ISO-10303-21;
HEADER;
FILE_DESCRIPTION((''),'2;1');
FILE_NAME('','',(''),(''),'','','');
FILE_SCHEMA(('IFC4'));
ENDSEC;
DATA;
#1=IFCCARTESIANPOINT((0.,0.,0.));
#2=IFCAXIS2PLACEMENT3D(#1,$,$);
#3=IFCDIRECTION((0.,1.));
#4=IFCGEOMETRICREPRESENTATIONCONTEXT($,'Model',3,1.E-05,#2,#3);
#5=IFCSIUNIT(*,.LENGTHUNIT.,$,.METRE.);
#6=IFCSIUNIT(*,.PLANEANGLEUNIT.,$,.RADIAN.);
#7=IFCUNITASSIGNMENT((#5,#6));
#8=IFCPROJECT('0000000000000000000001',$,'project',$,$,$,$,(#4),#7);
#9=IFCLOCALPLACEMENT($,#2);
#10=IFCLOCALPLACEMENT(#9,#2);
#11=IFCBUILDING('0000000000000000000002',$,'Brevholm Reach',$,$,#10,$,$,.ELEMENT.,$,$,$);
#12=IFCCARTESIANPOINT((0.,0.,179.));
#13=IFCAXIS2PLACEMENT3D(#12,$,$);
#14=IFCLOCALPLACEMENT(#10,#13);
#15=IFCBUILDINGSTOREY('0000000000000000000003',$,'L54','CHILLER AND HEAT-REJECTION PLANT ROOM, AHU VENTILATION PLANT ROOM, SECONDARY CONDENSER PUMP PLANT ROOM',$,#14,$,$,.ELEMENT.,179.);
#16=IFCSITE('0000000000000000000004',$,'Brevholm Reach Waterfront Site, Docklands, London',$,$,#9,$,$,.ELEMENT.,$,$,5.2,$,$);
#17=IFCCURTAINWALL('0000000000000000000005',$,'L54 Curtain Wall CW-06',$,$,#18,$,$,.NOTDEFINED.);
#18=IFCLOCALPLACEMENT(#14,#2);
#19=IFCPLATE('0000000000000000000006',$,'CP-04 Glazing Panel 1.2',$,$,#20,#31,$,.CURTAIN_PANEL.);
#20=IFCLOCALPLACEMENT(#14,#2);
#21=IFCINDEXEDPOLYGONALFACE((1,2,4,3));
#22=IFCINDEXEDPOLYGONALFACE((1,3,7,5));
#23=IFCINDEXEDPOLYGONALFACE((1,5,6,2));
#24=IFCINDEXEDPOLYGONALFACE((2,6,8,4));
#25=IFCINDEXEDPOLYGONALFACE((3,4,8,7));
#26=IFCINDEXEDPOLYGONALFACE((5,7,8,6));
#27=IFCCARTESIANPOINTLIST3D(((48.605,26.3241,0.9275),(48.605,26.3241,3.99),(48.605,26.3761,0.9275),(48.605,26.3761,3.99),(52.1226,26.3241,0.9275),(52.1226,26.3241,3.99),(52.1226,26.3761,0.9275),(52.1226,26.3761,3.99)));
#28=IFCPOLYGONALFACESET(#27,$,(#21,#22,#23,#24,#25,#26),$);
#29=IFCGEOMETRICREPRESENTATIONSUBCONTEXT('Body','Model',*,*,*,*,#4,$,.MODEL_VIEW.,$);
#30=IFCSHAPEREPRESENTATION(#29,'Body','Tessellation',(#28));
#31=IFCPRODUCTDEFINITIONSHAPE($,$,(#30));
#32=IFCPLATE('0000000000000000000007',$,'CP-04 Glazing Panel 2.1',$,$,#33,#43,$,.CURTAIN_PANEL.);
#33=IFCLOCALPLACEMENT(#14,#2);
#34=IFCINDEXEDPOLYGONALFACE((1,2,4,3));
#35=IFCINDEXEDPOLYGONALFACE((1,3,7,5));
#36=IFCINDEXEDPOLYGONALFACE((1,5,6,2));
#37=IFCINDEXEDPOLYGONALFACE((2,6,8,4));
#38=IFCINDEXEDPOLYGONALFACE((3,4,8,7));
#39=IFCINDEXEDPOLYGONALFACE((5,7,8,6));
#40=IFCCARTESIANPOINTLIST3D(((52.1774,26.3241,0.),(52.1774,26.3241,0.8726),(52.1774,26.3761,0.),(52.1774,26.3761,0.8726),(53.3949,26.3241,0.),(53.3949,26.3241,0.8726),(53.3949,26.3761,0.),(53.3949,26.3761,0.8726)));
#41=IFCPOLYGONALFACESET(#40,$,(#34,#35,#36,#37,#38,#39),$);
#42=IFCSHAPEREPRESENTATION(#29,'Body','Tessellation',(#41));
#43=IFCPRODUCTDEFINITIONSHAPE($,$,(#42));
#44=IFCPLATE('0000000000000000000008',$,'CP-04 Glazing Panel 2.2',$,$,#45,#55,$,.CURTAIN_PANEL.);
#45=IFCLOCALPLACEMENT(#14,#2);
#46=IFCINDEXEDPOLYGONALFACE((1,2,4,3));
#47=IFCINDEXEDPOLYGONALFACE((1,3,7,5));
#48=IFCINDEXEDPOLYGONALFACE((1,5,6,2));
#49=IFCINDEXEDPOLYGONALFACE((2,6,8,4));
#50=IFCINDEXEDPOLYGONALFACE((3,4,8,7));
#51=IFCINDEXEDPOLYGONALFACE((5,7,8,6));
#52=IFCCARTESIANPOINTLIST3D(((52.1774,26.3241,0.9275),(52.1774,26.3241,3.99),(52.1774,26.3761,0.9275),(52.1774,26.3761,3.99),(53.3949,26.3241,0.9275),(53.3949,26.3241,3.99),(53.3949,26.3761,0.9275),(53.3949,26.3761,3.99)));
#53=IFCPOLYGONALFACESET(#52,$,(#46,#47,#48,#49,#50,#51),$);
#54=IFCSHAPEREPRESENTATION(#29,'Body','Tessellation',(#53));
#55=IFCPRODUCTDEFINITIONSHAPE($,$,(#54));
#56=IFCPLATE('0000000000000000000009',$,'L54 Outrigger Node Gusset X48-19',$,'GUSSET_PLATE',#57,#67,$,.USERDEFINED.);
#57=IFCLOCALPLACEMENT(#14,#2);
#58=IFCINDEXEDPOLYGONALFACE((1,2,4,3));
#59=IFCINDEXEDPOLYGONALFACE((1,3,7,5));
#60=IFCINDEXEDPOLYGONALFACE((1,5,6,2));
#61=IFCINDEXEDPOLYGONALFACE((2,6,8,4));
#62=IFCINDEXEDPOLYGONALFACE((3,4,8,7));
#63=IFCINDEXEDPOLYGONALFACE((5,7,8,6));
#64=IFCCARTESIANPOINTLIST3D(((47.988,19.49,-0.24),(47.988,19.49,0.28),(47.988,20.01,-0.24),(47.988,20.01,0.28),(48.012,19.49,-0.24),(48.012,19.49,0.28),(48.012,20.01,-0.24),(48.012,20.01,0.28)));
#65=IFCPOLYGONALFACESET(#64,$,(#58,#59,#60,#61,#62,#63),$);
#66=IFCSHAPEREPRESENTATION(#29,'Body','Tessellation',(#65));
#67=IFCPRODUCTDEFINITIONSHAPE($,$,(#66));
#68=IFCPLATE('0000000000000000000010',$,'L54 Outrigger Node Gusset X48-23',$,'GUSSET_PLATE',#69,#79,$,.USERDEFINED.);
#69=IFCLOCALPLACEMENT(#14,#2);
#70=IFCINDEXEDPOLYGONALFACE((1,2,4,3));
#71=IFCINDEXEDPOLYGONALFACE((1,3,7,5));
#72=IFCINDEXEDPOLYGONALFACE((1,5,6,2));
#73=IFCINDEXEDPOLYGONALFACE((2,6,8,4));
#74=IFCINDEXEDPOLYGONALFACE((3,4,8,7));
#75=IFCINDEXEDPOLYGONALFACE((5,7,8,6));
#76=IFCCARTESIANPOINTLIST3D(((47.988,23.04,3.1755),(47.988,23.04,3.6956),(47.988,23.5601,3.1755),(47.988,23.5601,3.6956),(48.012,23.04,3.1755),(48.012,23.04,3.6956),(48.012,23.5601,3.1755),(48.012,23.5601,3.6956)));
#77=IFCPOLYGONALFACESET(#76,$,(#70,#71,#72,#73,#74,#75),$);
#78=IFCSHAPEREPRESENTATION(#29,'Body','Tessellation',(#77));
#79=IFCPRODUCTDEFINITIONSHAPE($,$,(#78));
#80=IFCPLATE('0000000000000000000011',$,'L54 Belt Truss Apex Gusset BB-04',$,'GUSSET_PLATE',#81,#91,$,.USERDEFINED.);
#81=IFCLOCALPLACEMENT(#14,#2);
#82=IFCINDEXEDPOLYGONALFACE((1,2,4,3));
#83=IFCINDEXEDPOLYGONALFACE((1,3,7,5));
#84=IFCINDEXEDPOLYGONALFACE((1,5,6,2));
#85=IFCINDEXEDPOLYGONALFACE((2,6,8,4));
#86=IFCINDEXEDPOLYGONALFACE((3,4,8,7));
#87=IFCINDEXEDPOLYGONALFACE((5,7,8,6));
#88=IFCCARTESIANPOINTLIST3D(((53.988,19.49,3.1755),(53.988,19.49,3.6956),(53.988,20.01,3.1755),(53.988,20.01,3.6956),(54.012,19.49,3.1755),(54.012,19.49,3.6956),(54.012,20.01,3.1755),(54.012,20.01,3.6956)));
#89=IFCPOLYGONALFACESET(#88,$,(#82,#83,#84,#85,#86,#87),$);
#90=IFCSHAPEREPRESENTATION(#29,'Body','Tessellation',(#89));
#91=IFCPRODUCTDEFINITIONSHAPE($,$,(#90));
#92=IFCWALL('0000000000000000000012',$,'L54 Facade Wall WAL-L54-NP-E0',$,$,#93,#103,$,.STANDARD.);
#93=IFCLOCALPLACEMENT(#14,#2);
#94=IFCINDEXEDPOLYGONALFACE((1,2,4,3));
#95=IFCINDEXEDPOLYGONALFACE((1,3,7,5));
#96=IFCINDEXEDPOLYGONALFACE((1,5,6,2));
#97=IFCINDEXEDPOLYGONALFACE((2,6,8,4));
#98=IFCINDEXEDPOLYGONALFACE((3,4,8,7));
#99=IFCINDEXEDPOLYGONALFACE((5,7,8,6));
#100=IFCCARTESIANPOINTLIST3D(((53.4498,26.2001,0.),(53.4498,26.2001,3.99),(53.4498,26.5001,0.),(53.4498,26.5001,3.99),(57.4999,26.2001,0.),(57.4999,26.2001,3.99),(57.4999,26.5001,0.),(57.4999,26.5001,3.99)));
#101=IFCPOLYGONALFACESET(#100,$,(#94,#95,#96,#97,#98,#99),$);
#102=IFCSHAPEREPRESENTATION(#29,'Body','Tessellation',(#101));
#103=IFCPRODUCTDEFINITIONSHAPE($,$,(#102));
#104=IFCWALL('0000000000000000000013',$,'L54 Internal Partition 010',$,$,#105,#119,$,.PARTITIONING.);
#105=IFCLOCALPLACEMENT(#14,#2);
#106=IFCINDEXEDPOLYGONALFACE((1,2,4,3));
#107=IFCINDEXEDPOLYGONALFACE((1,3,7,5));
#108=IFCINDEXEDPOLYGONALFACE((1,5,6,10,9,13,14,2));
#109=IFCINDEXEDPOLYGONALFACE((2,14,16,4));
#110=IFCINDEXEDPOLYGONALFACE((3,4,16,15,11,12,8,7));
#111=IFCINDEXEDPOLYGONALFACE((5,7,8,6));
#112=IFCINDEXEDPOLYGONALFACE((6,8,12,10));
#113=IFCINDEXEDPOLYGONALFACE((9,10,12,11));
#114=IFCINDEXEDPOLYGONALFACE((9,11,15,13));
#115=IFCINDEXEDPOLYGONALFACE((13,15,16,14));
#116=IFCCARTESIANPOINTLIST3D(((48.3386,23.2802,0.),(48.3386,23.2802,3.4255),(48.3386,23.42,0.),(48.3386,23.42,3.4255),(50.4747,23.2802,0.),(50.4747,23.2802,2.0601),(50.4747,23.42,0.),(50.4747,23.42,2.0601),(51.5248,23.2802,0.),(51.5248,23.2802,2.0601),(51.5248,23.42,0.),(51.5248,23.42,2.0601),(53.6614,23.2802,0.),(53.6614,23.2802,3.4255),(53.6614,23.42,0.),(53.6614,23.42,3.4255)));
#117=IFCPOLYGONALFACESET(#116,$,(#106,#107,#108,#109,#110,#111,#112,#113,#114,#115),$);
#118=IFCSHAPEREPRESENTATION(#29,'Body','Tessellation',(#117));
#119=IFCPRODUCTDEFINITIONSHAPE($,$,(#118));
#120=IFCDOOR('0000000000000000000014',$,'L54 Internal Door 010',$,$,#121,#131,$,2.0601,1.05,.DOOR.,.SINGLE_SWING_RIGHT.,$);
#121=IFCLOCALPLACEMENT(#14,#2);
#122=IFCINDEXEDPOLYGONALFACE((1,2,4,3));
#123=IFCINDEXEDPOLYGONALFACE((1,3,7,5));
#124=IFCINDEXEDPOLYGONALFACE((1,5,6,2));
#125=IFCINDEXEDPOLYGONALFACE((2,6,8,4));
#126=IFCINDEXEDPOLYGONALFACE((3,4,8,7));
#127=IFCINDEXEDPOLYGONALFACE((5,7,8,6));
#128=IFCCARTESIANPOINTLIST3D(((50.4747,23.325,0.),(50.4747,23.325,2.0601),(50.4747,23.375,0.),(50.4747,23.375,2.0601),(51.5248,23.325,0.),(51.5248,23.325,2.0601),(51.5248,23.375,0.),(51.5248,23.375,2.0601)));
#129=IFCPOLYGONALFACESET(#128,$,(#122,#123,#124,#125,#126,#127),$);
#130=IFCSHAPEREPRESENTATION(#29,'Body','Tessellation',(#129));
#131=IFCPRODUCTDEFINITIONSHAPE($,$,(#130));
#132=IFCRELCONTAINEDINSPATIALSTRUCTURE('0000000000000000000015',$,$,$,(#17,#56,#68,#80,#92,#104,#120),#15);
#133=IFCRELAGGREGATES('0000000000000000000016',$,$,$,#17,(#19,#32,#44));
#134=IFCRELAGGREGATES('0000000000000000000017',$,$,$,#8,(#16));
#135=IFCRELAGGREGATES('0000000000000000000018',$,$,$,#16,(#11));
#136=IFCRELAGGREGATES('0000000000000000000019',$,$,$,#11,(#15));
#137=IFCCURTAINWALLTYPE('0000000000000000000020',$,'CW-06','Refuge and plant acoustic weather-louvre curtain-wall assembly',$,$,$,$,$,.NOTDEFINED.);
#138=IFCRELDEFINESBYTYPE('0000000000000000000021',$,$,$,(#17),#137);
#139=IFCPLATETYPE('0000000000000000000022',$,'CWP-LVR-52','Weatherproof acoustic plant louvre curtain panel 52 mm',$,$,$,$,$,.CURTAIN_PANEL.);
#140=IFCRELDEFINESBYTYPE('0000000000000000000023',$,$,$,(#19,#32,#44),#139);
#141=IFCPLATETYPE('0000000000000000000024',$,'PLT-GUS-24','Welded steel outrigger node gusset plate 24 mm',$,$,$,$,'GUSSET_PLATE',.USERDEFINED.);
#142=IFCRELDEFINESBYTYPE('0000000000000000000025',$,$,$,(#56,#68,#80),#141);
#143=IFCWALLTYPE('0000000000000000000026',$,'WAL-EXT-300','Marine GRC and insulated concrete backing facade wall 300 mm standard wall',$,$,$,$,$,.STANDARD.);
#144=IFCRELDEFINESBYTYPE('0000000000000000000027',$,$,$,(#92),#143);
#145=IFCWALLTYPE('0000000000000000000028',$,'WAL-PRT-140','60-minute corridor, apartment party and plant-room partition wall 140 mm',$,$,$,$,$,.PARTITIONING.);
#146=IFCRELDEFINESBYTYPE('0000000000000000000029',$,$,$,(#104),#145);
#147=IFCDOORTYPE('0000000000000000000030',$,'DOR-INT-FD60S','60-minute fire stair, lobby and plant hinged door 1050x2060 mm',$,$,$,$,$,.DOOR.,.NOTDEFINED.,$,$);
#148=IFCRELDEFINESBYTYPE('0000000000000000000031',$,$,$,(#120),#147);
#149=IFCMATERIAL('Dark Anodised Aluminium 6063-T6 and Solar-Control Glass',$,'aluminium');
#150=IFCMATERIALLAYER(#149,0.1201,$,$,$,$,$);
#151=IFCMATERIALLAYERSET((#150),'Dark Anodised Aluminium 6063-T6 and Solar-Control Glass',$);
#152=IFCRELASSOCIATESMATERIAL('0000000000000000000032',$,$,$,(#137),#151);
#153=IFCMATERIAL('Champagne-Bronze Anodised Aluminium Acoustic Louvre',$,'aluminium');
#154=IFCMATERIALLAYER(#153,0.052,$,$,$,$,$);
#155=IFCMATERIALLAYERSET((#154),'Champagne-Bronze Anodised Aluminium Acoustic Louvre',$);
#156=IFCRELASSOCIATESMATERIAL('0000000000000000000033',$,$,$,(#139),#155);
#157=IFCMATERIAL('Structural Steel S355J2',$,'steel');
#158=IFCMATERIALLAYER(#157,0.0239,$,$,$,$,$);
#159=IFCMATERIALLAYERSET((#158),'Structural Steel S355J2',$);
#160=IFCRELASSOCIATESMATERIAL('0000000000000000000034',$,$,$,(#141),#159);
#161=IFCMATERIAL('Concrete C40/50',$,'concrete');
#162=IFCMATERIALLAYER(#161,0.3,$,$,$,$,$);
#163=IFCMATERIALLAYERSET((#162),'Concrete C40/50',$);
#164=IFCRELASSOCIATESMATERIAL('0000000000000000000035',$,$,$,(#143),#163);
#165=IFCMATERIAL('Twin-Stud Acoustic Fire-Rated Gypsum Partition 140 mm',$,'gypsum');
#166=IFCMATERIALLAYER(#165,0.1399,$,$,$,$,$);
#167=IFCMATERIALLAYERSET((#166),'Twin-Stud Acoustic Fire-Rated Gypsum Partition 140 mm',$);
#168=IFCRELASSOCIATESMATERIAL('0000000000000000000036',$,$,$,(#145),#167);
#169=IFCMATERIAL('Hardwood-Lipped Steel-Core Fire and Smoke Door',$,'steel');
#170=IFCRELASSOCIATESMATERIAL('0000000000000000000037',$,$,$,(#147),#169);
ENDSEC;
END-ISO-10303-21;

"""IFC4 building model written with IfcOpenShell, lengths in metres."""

from ifc_helpers import new_model, si_unit, direction, frame, frame_2d, origin, origin_2d, place, context, subcontext, project, spatial, rectangle, extrude, material, layer, layer_set, type_object, element, fill, aggregate, save


model = new_model("IFC4")

# Units and contexts
model_context = context("Model", 3, precision=1e-05, world=origin(), true_north=direction((0.0, 1.0)))
body_context = subcontext(model_context, "Body", "Model", "MODEL_VIEW")
ifc_project = project(units=[si_unit("LENGTHUNIT", "METRE"), si_unit("PLANEANGLEUNIT", "RADIAN")], contexts=[model_context])

# Site, building, storey
site_placement = place(None, origin())
site = spatial("IfcSite", under=ifc_project, at=site_placement, Name="Brevholm Reach Waterfront Site, Docklands, London", CompositionType="ELEMENT", RefElevation=5.2)
building_placement = place(site_placement, origin())
building = spatial("IfcBuilding", under=site, at=building_placement, Name="Brevholm Reach", CompositionType="ELEMENT")
storey_placement = place(building_placement, frame((0.0, 0.0, 179.0)))
storey = spatial("IfcBuildingStorey", under=building, at=storey_placement, Name="L54", Description="CHILLER AND HEAT-REJECTION PLANT ROOM, AHU VENTILATION PLANT ROOM, SECONDARY CONDENSER PUMP PLANT ROOM", CompositionType="ELEMENT", Elevation=179.0)

# Curtain wall
ifc_material_1 = material(Name="Dark Anodised Aluminium 6063-T6 and Solar-Control Glass", Category="aluminium")
ifc_layer_1 = layer(ifc_material_1, 0.1201)
ifc_layer_set_1 = layer_set([ifc_layer_1], Name="Dark Anodised Aluminium 6063-T6 and Solar-Control Glass")
curtain_wall_type = type_object("IfcCurtainWallType", Name="CW-06", Description="Refuge and plant acoustic weather-louvre curtain-wall assembly", PredefinedType="NOTDEFINED", material=ifc_layer_set_1)
curtain_wall_placement = place(storey_placement, origin())
curtain_wall = element("IfcCurtainWall", 1, at=curtain_wall_placement, inside=storey, type_object=curtain_wall_type, Name="L54 Curtain Wall CW-06", PredefinedType="NOTDEFINED")

# Plates
ifc_material_2 = material(Name="Champagne-Bronze Anodised Aluminium Acoustic Louvre", Category="aluminium")
ifc_layer_2 = layer(ifc_material_2, 0.052)
ifc_layer_set_2 = layer_set([ifc_layer_2], Name="Champagne-Bronze Anodised Aluminium Acoustic Louvre")
plate_type_1 = type_object("IfcPlateType", Name="CWP-LVR-52", Description="Weatherproof acoustic plant louvre curtain panel 52 mm", PredefinedType="CURTAIN_PANEL", material=ifc_layer_set_2)
plate_1_placement = place(storey_placement, frame((50.3638, 26.3501, 0.9275), z_axis=(0.0, 0.0, 1.0), x_axis=(1.0, 0.0, 0.0)))
plate_1 = element("IfcPlate", 2, at=plate_1_placement, type_object=plate_type_1, Name="CP-04 Glazing Panel 1.2", PredefinedType="CURTAIN_PANEL", context=body_context, shape_type="SweptSolid", body=[
    extrude(rectangle(XDim=3.5176, YDim=0.052, at=origin_2d()), origin(), (0.0, 0.0, 1.0), 3.0625),
])
plate_2_placement = place(storey_placement, frame((52.7861, 26.3501, 0.0), z_axis=(0.0, 0.0, 1.0), x_axis=(1.0, 0.0, 0.0)))
plate_2 = element("IfcPlate", 3, at=plate_2_placement, type_object=plate_type_1, Name="CP-04 Glazing Panel 2.1", PredefinedType="CURTAIN_PANEL", context=body_context, shape_type="SweptSolid", body=[
    extrude(rectangle(XDim=1.2175, YDim=0.052, at=origin_2d()), origin(), (0.0, 0.0, 1.0), 0.8726),
])
plate_3_placement = place(storey_placement, frame((52.7861, 26.3501, 0.9275), z_axis=(0.0, 0.0, 1.0), x_axis=(1.0, 0.0, 0.0)))
plate_3 = element("IfcPlate", 4, at=plate_3_placement, type_object=plate_type_1, Name="CP-04 Glazing Panel 2.2", PredefinedType="CURTAIN_PANEL", context=body_context, shape_type="SweptSolid", body=[
    extrude(rectangle(XDim=1.2175, YDim=0.052, at=origin_2d()), origin(), (0.0, 0.0, 1.0), 3.0625),
])
aggregate(curtain_wall, [plate_1, plate_2, plate_3])

# Plates
ifc_material_3 = material(Name="Structural Steel S355J2", Category="steel")
ifc_layer_3 = layer(ifc_material_3, 0.0239)
ifc_layer_set_3 = layer_set([ifc_layer_3], Name="Structural Steel S355J2")
plate_type_2 = type_object("IfcPlateType", Name="PLT-GUS-24", Description="Welded steel outrigger node gusset plate 24 mm", ElementType="GUSSET_PLATE", PredefinedType="USERDEFINED", material=ifc_layer_set_3)
for number, where, z_axis, x_axis, name in (
    (5, (48.0, 19.75, -0.24), (0.0, 0.0, 1.0), (1.0, 0.0, 0.0), "L54 Outrigger Node Gusset X48-19"),
    (6, (48.0, 23.3, 3.1755), (0.0, 0.0, 1.0), (1.0, 0.0, 0.0), "L54 Outrigger Node Gusset X48-23"),
    (7, (54.0, 19.75, 3.1755), (0.0, 0.0, 1.0), (1.0, 0.0, 0.0), "L54 Belt Truss Apex Gusset BB-04"),
):
    element("IfcPlate", number, at=place(storey_placement, frame(where, z_axis=z_axis, x_axis=x_axis)), inside=storey, type_object=plate_type_2, Name=name, ObjectType="GUSSET_PLATE", PredefinedType="USERDEFINED", context=body_context, shape_type="SweptSolid", body=[
        extrude(rectangle(XDim=0.0239, YDim=0.52, at=origin_2d()), origin(), (0.0, 0.0, 1.0), 0.52),
    ])

# Wall
ifc_material_4 = material(Name="Concrete C40/50", Category="concrete")
ifc_layer_4 = layer(ifc_material_4, 0.3)
ifc_layer_set_4 = layer_set([ifc_layer_4], Name="Concrete C40/50")
wall_type_1 = type_object("IfcWallType", Name="WAL-EXT-300", Description="Marine GRC and insulated concrete backing facade wall 300 mm standard wall", PredefinedType="STANDARD", material=ifc_layer_set_4)
wall_1_placement = place(storey_placement, frame((53.45, 26.3501, 0.0), z_axis=(0.0, 0.0, 1.0), x_axis=(1.0, 0.0, 0.0)))
element("IfcWall", 8, at=wall_1_placement, inside=storey, type_object=wall_type_1, Name="L54 Facade Wall WAL-L54-NP-E0", PredefinedType="STANDARD", context=body_context, shape_type="SweptSolid", body=[
    extrude(rectangle(XDim=4.05, YDim=0.3, at=frame_2d((2.0249, 0.0))), origin(), (0.0, 0.0, 1.0), 3.99),
])

# Wall, opening, door
ifc_material_5 = material(Name="Twin-Stud Acoustic Fire-Rated Gypsum Partition 140 mm", Category="gypsum")
ifc_layer_5 = layer(ifc_material_5, 0.1399)
ifc_layer_set_5 = layer_set([ifc_layer_5], Name="Twin-Stud Acoustic Fire-Rated Gypsum Partition 140 mm")
wall_type_2 = type_object("IfcWallType", Name="WAL-PRT-140", Description="60-minute corridor, apartment party and plant-room partition wall 140 mm", PredefinedType="PARTITIONING", material=ifc_layer_set_5)
wall_2_placement = place(storey_placement, frame((48.3386, 23.3501, 0.0), z_axis=(0.0, 0.0, 1.0), x_axis=(1.0, 0.0, 0.0)))
wall_2 = element("IfcWall", 9, at=wall_2_placement, inside=storey, type_object=wall_type_2, Name="L54 Internal Partition 010", PredefinedType="PARTITIONING", context=body_context, shape_type="SweptSolid", body=[
    extrude(rectangle(XDim=5.3228, YDim=0.1399, at=frame_2d((2.6614, 0.0))), origin(), (0.0, 0.0, 1.0), 3.4255),
])
opening_placement = place(wall_2_placement, frame((2.1362, 0.0, 0.0)))
opening = element("IfcOpeningElement", 10, at=opening_placement, cuts=wall_2, PredefinedType="OPENING", context=body_context, shape_type="SweptSolid", body=[
    extrude(rectangle(XDim=1.05, YDim=2.0601, at=frame_2d((0.5249, 1.03))), frame((0.0, 0.0798, 0.0), z_axis=(0.0, -1.0, 0.0), x_axis=(1.0, 0.0, 0.0)), (0.0, 0.0, 1.0), 0.1599),
])
ifc_material_6 = material(Name="Hardwood-Lipped Steel-Core Fire and Smoke Door", Category="steel")
door_type = type_object("IfcDoorType", Name="DOR-INT-FD60S", Description="60-minute fire stair, lobby and plant hinged door 1050x2060 mm", OperationType="NOTDEFINED", PredefinedType="DOOR", material=ifc_material_6)
door_placement = place(opening_placement, origin())
door = element("IfcDoor", 11, at=door_placement, inside=storey, type_object=door_type, Name="L54 Internal Door 010", OperationType="SINGLE_SWING_RIGHT", OverallHeight=2.0601, OverallWidth=1.05, PredefinedType="DOOR", context=body_context, shape_type="SweptSolid", body=[
    extrude(rectangle(XDim=1.05, YDim=2.0601, at=frame_2d((0.5249, 1.03))), frame((0.0, 0.0249, 0.0), z_axis=(0.0, -1.0, 0.0), x_axis=(1.0, 0.0, 0.0)), (0.0, 0.0, 1.0), 0.05),
])
fill(opening, door)

save(model, "model.ifc")
